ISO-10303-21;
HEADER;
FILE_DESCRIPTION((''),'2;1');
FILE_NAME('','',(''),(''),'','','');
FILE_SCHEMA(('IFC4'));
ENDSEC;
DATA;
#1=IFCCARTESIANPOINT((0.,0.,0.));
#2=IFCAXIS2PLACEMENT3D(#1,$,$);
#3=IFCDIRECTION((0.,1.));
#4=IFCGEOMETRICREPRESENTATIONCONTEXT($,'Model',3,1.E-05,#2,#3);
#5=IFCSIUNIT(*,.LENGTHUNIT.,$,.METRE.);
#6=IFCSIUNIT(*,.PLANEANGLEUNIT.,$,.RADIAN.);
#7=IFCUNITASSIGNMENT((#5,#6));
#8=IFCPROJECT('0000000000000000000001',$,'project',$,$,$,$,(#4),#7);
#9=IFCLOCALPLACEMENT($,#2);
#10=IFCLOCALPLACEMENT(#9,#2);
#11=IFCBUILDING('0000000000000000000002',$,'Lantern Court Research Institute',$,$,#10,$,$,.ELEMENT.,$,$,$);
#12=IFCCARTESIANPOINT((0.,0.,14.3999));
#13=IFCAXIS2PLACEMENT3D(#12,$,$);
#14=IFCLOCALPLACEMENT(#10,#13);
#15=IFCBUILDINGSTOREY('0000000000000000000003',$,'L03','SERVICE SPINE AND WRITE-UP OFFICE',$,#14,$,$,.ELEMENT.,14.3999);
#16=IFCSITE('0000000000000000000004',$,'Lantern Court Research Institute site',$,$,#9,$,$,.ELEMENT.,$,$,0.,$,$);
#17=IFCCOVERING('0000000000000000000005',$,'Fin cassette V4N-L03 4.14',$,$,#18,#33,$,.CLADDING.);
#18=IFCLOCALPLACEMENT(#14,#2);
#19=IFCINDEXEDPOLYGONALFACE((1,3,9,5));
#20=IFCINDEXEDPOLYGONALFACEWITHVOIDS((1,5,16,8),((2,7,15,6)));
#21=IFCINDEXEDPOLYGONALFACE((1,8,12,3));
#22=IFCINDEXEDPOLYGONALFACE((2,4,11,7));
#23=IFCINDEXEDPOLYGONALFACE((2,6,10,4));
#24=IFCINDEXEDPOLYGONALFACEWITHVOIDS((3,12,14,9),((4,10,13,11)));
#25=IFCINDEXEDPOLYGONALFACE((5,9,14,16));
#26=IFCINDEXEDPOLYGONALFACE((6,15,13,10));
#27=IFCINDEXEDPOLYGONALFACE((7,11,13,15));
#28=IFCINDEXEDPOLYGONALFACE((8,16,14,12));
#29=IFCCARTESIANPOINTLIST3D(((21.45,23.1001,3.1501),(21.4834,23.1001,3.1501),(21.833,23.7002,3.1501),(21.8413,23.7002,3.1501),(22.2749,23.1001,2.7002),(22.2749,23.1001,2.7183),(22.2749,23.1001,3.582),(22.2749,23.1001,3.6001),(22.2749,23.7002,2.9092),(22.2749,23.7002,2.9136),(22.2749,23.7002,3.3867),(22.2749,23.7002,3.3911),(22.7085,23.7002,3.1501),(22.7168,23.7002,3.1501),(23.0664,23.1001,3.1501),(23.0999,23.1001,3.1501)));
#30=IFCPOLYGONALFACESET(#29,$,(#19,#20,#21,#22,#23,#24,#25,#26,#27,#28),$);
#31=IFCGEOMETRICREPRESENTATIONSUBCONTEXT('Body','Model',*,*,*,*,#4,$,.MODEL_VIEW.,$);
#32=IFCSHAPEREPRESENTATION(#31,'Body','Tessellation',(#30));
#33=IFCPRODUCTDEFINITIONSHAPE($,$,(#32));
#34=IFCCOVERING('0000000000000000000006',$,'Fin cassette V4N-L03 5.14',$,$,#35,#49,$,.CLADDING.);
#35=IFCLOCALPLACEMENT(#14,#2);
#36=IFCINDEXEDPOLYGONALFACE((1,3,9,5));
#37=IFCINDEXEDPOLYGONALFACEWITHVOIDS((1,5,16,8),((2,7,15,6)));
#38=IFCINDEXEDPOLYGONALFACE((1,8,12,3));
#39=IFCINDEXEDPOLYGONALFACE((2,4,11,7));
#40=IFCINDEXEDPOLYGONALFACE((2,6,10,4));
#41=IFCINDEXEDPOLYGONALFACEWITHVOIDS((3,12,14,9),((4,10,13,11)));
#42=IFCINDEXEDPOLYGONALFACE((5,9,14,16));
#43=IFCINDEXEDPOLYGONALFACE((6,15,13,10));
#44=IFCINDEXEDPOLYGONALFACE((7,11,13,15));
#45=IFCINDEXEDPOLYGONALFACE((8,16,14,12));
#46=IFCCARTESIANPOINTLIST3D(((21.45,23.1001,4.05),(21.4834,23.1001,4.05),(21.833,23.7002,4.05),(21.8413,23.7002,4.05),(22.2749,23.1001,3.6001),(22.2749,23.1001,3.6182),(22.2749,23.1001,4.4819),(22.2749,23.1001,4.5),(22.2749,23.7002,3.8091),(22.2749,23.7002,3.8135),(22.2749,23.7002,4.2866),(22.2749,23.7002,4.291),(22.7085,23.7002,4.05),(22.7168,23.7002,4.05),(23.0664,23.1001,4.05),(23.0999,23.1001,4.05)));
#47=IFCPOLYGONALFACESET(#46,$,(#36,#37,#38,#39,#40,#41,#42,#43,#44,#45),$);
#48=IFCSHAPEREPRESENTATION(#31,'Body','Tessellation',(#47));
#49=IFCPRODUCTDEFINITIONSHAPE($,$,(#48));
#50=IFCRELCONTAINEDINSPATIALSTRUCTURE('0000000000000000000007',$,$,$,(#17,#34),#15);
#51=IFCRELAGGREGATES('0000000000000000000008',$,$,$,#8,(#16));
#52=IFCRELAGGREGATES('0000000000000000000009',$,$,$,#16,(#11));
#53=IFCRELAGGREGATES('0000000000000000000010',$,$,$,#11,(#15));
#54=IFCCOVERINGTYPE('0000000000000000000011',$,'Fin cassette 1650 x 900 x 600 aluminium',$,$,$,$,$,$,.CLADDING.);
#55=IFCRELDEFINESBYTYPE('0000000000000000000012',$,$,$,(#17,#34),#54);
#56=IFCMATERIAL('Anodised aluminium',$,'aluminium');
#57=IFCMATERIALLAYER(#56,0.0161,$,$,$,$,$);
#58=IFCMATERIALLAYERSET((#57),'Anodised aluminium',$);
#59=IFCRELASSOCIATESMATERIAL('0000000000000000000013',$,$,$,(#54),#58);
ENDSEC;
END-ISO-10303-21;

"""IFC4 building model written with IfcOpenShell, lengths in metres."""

from ifc_helpers import new_model, entity, si_unit, direction, frame, origin, place, context, subcontext, project, spatial, material, layer, layer_set, type_object, element, save


model = new_model("IFC4")

# Units and contexts
model_context = context("Model", 3, precision=1e-05, world=origin(), true_north=direction((0.0, 1.0)))
body_context = subcontext(model_context, "Body", "Model", "MODEL_VIEW")
ifc_project = project(units=[si_unit("LENGTHUNIT", "METRE"), si_unit("PLANEANGLEUNIT", "RADIAN")], contexts=[model_context])

# Site, building, storey
site_placement = place(None, origin())
site = spatial("IfcSite", under=ifc_project, at=site_placement, Name="Lantern Court Research Institute site", CompositionType="ELEMENT", RefElevation=0.0)
building_placement = place(site_placement, origin())
building = spatial("IfcBuilding", under=site, at=building_placement, Name="Lantern Court Research Institute", CompositionType="ELEMENT")
storey_placement = place(building_placement, frame((0.0, 0.0, 14.3999)))
storey = spatial("IfcBuildingStorey", under=building, at=storey_placement, Name="L03", Description="SERVICE SPINE AND WRITE-UP OFFICE", CompositionType="ELEMENT", Elevation=14.3999)

# Coverings
ifc_material_1 = material(Name="Anodised aluminium", Category="aluminium")
ifc_layer_1 = layer(ifc_material_1, 0.0161)
ifc_layer_set_1 = layer_set([ifc_layer_1], Name="Anodised aluminium")
covering_type = type_object("IfcCoveringType", Name="Fin cassette 1650 x 900 x 600 aluminium", PredefinedType="CLADDING", material=ifc_layer_set_1)
covering_1_placement = place(storey_placement, frame((22.2749, 23.1001, 3.1501), z_axis=(0.0, 1.0, 0.0), x_axis=(-1.0, 0.0, 0.0)))
cartesian_point_1 = entity("IfcCartesianPoint", [0.825, 0.0])
cartesian_point_2 = entity("IfcCartesianPoint", [0.7915, 0.0])
cartesian_point_3 = entity("IfcCartesianPoint", [0.4419, 0.0])
cartesian_point_4 = entity("IfcCartesianPoint", [0.4336, 0.0])
element("IfcCovering", 1, at=covering_1_placement, inside=storey, type_object=covering_type, Name="Fin cassette V4N-L03 4.14", PredefinedType="CLADDING", context=body_context, shape_type="SweptSolid", body=[
    entity("IfcExtrudedAreaSolidTapered", entity("IfcArbitraryProfileDefWithVoids", "AREA", None, entity("IfcPolyline", [cartesian_point_1, entity("IfcCartesianPoint", [0.0, 0.45]), entity("IfcCartesianPoint", [-0.825, 0.0]), entity("IfcCartesianPoint", [0.0, -0.45]), cartesian_point_1]), [entity("IfcPolyline", [cartesian_point_2, entity("IfcCartesianPoint", [0.0, 0.4319]), entity("IfcCartesianPoint", [-0.7915, 0.0]), entity("IfcCartesianPoint", [0.0, -0.4319]), cartesian_point_2])]), entity("IfcAxis2Placement3D", entity("IfcCartesianPoint", [0.0, 0.0, 0.0])), entity("IfcDirection", [0.0, 0.0, 1.0]), 0.6001, entity("IfcArbitraryProfileDefWithVoids", "AREA", None, entity("IfcPolyline", [cartesian_point_3, entity("IfcCartesianPoint", [0.0, 0.241]), entity("IfcCartesianPoint", [-0.4419, 0.0]), entity("IfcCartesianPoint", [0.0, -0.241]), cartesian_point_3]), [entity("IfcPolyline", [cartesian_point_4, entity("IfcCartesianPoint", [0.0, 0.2366]), entity("IfcCartesianPoint", [-0.4336, 0.0]), entity("IfcCartesianPoint", [0.0, -0.2366]), cartesian_point_4])])),
])
covering_2_placement = place(storey_placement, frame((22.2749, 23.1001, 4.05), z_axis=(0.0, 1.0, 0.0), x_axis=(-1.0, 0.0, 0.0)))
cartesian_point_5 = entity("IfcCartesianPoint", [0.825, 0.0])
cartesian_point_6 = entity("IfcCartesianPoint", [0.7915, 0.0])
cartesian_point_7 = entity("IfcCartesianPoint", [0.4419, 0.0])
cartesian_point_8 = entity("IfcCartesianPoint", [0.4336, 0.0])
element("IfcCovering", 2, at=covering_2_placement, inside=storey, type_object=covering_type, Name="Fin cassette V4N-L03 5.14", PredefinedType="CLADDING", context=body_context, shape_type="SweptSolid", body=[
    entity("IfcExtrudedAreaSolidTapered", entity("IfcArbitraryProfileDefWithVoids", "AREA", None, entity("IfcPolyline", [cartesian_point_5, entity("IfcCartesianPoint", [0.0, 0.45]), entity("IfcCartesianPoint", [-0.825, 0.0]), entity("IfcCartesianPoint", [0.0, -0.45]), cartesian_point_5]), [entity("IfcPolyline", [cartesian_point_6, entity("IfcCartesianPoint", [0.0, 0.4319]), entity("IfcCartesianPoint", [-0.7915, 0.0]), entity("IfcCartesianPoint", [0.0, -0.4319]), cartesian_point_6])]), entity("IfcAxis2Placement3D", entity("IfcCartesianPoint", [0.0, 0.0, 0.0])), entity("IfcDirection", [0.0, 0.0, 1.0]), 0.6001, entity("IfcArbitraryProfileDefWithVoids", "AREA", None, entity("IfcPolyline", [cartesian_point_7, entity("IfcCartesianPoint", [0.0, 0.241]), entity("IfcCartesianPoint", [-0.4419, 0.0]), entity("IfcCartesianPoint", [0.0, -0.241]), cartesian_point_7]), [entity("IfcPolyline", [cartesian_point_8, entity("IfcCartesianPoint", [0.0, 0.2366]), entity("IfcCartesianPoint", [-0.4336, 0.0]), entity("IfcCartesianPoint", [0.0, -0.2366]), cartesian_point_8])])),
])

save(model, "model.ifc")
